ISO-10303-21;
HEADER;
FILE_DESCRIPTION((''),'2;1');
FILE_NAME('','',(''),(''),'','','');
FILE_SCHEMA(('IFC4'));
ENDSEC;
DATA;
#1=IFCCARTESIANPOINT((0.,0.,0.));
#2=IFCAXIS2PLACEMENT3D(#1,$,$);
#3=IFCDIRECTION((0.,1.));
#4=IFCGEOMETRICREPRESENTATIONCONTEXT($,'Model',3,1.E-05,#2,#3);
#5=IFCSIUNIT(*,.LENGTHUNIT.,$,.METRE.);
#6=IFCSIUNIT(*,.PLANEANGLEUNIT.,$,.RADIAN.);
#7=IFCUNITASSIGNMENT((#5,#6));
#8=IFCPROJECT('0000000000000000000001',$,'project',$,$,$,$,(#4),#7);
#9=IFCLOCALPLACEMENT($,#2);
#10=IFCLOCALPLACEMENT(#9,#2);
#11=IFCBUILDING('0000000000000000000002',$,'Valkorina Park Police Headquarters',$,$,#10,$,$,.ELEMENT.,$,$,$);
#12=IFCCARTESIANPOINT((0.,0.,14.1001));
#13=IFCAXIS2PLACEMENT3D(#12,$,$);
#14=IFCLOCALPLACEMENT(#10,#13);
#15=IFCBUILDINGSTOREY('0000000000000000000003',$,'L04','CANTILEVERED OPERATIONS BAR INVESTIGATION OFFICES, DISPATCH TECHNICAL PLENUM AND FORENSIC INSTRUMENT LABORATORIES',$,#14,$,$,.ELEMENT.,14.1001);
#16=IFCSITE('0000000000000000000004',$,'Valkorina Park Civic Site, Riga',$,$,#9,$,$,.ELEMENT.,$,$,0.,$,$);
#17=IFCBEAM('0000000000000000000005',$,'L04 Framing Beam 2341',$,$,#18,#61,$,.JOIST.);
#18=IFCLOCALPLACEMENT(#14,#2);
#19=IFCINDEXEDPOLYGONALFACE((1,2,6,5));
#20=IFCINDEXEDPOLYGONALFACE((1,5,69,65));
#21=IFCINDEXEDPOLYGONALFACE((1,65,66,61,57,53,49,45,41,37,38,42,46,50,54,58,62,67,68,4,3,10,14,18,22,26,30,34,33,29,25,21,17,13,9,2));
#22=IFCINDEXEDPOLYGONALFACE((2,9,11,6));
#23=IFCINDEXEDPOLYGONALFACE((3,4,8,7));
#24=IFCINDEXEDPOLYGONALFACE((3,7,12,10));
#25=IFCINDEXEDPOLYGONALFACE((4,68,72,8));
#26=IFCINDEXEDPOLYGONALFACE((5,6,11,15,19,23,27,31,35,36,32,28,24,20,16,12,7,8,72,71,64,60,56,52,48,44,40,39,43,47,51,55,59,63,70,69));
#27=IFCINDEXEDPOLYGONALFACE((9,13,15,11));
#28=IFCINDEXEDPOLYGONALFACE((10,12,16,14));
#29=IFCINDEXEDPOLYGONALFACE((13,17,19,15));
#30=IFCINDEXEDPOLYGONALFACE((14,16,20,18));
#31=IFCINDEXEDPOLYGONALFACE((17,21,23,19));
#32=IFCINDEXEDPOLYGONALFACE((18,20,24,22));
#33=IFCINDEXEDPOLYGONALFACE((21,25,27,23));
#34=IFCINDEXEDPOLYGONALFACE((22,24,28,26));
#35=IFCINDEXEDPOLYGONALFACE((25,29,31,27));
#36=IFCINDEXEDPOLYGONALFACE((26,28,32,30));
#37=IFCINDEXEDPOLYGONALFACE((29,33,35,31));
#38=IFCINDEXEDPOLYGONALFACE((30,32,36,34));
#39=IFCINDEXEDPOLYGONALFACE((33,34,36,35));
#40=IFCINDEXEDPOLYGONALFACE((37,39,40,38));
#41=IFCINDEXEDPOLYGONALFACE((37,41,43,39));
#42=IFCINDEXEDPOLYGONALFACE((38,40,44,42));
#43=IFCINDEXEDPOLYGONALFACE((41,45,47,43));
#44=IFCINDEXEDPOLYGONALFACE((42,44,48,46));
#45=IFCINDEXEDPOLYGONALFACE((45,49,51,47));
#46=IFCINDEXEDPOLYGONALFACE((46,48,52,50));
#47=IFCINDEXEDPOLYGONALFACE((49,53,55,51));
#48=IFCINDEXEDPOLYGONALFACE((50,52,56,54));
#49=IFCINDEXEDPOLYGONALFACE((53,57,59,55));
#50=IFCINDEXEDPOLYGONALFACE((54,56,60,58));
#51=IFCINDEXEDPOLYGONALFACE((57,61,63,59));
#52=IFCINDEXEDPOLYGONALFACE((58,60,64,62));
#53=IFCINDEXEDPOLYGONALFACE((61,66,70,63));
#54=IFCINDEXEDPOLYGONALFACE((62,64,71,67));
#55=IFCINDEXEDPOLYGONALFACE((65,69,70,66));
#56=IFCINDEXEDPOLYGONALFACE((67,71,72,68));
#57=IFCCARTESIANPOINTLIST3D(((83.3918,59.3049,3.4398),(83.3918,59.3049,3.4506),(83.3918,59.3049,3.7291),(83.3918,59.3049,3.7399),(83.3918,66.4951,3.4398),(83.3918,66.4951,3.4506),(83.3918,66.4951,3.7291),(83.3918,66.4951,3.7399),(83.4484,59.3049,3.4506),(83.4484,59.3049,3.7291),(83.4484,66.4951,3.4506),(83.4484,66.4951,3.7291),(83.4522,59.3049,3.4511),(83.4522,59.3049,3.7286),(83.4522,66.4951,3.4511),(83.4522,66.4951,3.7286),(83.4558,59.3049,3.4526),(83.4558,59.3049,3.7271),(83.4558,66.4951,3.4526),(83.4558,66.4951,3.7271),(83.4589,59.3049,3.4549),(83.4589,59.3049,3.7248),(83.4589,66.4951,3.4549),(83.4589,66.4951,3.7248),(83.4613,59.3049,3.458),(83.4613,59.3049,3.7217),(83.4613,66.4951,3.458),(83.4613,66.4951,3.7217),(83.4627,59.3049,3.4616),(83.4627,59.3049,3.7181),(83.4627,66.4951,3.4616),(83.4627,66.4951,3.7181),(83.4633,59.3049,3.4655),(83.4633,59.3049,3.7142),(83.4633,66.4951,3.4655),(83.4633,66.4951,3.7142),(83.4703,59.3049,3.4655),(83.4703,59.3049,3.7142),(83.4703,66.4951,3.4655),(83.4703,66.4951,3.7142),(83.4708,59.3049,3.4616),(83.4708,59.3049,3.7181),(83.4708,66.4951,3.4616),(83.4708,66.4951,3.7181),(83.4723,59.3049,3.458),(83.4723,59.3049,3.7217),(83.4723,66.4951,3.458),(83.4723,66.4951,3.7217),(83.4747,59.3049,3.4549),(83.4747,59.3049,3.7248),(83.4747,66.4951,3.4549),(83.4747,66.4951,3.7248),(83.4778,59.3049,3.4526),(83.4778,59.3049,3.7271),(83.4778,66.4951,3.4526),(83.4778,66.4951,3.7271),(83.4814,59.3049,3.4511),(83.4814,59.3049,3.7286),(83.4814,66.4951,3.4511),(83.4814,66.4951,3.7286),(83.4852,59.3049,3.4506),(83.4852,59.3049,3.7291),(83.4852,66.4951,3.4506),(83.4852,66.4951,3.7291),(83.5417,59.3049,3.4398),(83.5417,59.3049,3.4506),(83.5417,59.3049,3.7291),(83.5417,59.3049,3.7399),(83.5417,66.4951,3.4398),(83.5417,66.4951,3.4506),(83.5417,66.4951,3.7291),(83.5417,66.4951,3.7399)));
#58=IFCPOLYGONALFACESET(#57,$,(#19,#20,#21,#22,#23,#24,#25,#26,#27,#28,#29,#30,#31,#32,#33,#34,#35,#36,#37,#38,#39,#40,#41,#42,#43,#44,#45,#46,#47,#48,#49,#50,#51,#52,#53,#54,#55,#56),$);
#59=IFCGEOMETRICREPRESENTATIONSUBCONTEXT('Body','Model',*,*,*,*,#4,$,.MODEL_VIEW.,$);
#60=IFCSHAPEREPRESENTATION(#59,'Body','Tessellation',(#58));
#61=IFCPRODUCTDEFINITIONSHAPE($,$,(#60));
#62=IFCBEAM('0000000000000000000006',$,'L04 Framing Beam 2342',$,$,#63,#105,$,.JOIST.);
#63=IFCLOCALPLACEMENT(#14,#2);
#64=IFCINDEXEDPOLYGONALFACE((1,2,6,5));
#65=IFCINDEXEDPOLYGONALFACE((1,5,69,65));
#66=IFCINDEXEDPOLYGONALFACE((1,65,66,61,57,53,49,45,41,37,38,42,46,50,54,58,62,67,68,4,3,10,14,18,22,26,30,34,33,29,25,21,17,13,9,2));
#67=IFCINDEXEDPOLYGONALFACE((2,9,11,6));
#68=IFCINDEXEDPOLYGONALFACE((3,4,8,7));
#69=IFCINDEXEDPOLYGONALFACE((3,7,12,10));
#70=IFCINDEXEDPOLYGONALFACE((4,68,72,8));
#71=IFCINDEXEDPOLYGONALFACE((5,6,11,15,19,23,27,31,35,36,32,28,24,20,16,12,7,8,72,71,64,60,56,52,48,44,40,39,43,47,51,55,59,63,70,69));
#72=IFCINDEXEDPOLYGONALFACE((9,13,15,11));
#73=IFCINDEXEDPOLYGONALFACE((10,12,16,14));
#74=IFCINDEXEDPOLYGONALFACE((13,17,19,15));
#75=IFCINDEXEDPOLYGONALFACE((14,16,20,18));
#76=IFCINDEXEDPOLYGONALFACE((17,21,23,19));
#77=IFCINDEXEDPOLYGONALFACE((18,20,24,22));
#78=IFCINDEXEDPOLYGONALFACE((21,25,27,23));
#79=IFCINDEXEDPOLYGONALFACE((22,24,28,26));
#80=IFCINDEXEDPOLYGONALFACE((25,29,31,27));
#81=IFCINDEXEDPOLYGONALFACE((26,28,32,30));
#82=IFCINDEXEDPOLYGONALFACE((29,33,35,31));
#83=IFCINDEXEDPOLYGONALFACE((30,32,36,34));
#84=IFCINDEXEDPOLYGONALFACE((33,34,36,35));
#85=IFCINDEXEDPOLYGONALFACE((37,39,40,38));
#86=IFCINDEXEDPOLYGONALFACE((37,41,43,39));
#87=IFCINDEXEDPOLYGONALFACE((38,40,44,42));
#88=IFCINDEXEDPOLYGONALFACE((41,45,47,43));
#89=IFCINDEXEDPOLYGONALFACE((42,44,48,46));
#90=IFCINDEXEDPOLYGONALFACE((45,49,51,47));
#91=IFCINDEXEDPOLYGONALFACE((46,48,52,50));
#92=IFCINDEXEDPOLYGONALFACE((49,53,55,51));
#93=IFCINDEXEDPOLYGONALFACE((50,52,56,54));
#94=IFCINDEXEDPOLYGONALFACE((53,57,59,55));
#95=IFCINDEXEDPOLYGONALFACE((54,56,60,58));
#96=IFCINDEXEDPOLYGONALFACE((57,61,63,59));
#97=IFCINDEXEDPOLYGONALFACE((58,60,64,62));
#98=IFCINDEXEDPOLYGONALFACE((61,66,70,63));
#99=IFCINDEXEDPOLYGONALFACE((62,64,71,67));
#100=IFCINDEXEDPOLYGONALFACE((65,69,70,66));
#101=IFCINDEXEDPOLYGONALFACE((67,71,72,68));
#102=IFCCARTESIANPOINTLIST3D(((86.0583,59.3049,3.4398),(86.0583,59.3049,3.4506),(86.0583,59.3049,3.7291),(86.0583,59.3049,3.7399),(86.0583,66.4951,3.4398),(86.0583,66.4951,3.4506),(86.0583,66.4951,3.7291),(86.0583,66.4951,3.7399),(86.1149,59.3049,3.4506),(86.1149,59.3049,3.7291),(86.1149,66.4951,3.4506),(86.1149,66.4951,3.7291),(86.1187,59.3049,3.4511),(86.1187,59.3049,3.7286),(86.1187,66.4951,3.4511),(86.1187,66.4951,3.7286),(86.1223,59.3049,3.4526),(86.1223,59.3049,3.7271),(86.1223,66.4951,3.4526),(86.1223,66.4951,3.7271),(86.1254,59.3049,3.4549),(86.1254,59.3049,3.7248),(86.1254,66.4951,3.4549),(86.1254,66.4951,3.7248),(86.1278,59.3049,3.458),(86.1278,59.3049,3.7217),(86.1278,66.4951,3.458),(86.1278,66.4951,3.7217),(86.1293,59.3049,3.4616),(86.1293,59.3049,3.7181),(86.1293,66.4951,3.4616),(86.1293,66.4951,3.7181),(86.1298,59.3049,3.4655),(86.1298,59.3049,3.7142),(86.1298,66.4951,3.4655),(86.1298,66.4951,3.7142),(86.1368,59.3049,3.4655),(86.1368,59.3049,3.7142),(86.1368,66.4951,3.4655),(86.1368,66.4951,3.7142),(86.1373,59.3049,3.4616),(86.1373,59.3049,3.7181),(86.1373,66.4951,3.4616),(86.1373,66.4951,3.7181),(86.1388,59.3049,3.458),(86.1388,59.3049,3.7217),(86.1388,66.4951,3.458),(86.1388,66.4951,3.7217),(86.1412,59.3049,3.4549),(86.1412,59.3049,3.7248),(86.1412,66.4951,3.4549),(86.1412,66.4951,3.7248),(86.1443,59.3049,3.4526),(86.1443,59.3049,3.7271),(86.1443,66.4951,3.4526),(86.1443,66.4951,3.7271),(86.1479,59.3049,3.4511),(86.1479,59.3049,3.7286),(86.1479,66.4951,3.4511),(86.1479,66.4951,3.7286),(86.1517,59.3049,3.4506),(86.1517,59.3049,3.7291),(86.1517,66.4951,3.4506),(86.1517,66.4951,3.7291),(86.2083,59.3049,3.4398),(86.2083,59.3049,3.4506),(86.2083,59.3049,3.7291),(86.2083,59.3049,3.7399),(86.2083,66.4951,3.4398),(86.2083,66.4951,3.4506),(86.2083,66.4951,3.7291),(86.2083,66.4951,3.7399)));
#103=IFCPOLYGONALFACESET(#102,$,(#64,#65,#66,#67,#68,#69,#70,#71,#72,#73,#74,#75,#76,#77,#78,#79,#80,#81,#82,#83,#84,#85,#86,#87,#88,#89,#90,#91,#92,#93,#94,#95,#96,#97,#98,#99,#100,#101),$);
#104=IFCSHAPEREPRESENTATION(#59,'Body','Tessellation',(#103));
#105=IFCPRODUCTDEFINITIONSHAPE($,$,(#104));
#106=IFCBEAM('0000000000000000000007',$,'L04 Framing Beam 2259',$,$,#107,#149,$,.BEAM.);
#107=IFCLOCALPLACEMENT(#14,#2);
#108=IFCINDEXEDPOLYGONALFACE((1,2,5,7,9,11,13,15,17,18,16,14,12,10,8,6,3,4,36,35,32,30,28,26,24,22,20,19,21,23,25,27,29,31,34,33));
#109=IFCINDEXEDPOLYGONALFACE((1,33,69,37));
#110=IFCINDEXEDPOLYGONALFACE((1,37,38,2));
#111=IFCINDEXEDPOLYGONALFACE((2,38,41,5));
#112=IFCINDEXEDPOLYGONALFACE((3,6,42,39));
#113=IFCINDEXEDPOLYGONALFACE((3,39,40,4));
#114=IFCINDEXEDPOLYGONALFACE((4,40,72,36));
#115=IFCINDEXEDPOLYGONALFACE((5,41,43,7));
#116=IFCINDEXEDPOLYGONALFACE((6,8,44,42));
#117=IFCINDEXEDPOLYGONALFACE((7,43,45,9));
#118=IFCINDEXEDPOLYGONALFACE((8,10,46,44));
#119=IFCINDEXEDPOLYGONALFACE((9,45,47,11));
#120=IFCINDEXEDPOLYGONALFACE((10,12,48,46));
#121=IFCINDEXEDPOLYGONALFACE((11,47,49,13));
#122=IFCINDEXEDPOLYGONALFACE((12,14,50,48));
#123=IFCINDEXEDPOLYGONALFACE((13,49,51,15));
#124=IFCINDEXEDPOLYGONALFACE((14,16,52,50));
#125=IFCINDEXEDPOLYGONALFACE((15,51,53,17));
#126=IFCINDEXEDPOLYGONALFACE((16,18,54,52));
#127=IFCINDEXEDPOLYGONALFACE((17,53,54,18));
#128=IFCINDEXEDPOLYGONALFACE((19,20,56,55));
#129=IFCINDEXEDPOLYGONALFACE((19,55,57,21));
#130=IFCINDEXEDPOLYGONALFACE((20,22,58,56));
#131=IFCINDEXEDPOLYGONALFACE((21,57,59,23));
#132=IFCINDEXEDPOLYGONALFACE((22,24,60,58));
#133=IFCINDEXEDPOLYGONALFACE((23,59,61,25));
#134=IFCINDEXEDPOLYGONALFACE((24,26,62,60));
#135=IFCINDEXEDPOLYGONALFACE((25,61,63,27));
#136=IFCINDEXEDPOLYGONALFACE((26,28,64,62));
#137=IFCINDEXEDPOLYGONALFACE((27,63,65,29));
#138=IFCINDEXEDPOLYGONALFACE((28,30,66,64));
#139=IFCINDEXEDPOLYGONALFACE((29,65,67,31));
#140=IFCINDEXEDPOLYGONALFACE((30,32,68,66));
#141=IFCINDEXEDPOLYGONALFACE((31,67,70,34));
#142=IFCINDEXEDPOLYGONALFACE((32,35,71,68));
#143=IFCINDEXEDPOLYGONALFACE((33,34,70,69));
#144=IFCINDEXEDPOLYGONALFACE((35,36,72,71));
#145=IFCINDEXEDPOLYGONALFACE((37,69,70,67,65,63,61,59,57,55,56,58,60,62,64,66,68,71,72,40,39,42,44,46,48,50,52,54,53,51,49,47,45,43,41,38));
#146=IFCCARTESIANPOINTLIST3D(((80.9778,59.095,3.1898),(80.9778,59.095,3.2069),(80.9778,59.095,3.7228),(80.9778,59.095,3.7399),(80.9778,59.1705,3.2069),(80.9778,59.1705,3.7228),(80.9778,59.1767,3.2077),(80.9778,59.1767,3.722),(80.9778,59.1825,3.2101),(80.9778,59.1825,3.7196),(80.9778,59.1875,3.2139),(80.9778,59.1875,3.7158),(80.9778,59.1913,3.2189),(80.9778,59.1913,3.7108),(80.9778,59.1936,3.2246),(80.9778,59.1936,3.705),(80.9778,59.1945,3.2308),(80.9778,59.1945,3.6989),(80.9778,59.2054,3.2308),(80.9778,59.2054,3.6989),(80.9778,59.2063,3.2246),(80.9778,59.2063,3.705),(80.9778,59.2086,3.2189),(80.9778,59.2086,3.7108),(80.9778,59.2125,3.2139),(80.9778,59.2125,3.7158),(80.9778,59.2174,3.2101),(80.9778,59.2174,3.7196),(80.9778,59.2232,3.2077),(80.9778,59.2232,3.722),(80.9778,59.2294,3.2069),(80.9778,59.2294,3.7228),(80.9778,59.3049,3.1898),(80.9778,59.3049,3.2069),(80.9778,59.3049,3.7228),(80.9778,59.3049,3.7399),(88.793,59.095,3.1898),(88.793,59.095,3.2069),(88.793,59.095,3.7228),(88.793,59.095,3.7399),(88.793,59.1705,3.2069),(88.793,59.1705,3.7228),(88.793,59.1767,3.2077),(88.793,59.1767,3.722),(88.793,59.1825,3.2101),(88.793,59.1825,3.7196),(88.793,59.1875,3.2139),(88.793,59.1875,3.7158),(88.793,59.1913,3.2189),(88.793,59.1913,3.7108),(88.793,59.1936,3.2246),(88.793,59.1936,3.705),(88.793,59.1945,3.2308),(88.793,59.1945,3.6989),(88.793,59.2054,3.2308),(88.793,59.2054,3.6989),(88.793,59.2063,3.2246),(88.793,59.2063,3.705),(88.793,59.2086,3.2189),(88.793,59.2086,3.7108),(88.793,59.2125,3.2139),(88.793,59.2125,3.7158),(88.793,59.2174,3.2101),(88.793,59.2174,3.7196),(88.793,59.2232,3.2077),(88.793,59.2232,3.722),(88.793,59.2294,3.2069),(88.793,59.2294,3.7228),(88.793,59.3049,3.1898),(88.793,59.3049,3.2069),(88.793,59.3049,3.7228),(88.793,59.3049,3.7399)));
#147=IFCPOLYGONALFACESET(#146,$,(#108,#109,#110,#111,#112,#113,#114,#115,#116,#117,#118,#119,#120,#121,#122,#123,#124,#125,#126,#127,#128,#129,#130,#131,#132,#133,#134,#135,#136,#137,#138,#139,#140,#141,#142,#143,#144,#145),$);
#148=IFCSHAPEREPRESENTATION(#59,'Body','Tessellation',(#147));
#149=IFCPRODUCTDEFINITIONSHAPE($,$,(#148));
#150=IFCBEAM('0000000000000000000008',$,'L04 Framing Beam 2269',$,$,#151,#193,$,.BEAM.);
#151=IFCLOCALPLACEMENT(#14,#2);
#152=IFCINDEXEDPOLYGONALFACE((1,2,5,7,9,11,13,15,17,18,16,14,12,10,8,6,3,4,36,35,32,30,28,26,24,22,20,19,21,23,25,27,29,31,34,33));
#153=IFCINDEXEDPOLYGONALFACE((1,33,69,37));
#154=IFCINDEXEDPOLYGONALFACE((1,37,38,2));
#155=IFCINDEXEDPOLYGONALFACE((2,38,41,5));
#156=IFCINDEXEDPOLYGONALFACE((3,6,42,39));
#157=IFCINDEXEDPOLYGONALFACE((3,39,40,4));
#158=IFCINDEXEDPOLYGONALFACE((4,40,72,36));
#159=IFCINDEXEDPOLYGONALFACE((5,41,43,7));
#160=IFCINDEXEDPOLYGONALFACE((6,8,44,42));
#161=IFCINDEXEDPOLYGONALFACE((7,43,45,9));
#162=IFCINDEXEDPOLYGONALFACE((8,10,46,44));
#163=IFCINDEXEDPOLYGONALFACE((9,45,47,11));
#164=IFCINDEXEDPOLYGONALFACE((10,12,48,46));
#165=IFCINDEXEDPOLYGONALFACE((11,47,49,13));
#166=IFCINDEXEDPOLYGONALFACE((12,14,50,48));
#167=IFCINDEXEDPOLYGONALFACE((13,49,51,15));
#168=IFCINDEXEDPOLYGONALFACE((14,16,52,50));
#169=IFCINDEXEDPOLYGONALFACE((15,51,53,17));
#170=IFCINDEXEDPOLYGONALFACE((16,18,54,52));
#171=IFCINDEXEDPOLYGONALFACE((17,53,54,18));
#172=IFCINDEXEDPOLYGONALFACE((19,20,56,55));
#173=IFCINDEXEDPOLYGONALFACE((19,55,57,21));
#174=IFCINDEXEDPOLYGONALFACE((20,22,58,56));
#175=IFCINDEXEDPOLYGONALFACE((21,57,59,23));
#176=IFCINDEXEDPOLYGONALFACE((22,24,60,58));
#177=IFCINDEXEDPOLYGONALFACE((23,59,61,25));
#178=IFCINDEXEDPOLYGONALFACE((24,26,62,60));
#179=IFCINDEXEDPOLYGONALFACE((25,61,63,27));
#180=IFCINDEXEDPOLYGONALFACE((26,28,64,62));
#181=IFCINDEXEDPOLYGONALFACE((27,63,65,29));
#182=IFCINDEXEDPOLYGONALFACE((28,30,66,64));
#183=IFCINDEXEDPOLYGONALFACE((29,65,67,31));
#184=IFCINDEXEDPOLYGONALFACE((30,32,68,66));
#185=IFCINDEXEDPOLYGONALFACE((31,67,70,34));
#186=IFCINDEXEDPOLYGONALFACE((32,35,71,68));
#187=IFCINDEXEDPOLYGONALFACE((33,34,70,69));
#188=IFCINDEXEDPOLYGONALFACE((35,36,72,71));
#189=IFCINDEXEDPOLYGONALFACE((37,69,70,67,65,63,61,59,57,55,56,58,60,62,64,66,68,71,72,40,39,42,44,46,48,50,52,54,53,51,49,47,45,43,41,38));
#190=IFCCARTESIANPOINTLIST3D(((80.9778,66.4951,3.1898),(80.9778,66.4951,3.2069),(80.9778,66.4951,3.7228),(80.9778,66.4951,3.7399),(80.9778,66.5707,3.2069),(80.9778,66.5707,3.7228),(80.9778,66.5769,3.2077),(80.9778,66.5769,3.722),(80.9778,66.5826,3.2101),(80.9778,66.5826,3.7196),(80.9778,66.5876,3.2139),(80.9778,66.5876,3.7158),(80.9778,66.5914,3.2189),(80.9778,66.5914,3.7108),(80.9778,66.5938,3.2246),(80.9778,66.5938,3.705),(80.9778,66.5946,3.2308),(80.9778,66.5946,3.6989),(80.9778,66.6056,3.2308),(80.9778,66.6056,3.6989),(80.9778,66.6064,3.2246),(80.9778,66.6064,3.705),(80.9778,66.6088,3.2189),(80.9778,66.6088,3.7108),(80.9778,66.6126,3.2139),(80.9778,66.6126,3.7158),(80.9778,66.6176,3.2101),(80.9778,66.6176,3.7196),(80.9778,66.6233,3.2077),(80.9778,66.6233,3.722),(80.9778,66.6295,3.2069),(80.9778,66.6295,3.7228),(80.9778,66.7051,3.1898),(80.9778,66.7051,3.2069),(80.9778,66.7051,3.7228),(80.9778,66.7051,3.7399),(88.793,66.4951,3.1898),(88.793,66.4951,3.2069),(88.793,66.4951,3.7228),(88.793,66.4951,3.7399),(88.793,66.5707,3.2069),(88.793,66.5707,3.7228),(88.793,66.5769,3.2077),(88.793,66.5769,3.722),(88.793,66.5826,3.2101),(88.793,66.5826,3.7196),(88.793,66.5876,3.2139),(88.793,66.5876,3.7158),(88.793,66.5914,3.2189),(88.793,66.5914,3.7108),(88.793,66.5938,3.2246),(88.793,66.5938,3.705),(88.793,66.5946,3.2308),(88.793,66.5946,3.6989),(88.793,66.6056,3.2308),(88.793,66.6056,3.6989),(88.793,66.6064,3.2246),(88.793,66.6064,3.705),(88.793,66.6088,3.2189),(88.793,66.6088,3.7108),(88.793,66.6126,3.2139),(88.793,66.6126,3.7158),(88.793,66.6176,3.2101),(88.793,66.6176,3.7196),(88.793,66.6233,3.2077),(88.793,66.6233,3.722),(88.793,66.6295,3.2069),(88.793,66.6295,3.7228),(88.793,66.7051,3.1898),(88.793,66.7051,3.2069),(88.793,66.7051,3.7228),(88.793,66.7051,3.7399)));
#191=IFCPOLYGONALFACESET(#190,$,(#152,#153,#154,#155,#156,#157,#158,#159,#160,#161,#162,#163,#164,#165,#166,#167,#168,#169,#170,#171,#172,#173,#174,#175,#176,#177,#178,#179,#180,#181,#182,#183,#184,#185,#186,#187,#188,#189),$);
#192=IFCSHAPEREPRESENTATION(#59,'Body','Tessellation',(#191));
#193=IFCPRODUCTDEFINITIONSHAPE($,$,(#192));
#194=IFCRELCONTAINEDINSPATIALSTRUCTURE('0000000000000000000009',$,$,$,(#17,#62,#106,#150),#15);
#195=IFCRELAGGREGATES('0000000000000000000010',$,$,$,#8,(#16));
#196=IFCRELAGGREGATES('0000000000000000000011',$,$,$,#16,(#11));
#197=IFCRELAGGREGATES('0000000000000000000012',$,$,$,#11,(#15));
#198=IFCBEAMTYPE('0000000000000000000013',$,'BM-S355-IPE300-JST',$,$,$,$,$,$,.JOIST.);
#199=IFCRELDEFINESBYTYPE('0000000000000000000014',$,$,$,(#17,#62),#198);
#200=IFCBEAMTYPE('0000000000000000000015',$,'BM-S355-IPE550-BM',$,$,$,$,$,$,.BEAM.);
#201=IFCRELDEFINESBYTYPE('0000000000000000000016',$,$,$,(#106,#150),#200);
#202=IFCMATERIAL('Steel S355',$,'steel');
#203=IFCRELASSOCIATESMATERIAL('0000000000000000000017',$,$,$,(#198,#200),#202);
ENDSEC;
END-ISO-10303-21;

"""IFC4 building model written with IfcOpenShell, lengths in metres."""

from ifc_helpers import new_model, si_unit, direction, frame, origin, origin_2d, place, context, subcontext, project, spatial, i_section, extrude, material, material_profile, profile_set, type_object, element, save


model = new_model("IFC4")

# Units and contexts
model_context = context("Model", 3, precision=1e-05, world=origin(), true_north=direction((0.0, 1.0)))
body_context = subcontext(model_context, "Body", "Model", "MODEL_VIEW")
ifc_project = project(units=[si_unit("LENGTHUNIT", "METRE"), si_unit("PLANEANGLEUNIT", "RADIAN")], contexts=[model_context])

# Site, building, storey
site_placement = place(None, origin())
site = spatial("IfcSite", under=ifc_project, at=site_placement, Name="Valkorina Park Civic Site, Riga", CompositionType="ELEMENT", RefElevation=0.0)
building_placement = place(site_placement, origin())
building = spatial("IfcBuilding", under=site, at=building_placement, Name="Valkorina Park Police Headquarters", CompositionType="ELEMENT")
storey_placement = place(building_placement, frame((0.0, 0.0, 14.1001)))
storey = spatial("IfcBuildingStorey", under=building, at=storey_placement, Name="L04", Description="CANTILEVERED OPERATIONS BAR INVESTIGATION OFFICES, DISPATCH TECHNICAL PLENUM AND FORENSIC INSTRUMENT LABORATORIES", CompositionType="ELEMENT", Elevation=14.1001)

# Beams
ifc_material_1 = material(Name="Steel S355", Category="steel")
ifc_material_profile_1 = material_profile(ifc_material_1, i_section(OverallWidth=0.1499, OverallDepth=0.3, WebThickness=0.0071, FlangeThickness=0.0107, FilletRadius=0.0149, at=origin_2d()), Name="IPE 300")
ifc_profile_set_1 = profile_set([ifc_material_profile_1], Name="Steel S355")
beam_type_1 = type_object("IfcBeamType", Name="BM-S355-IPE300-JST", PredefinedType="JOIST", material=ifc_profile_set_1)
for number, where, z_axis, x_axis, name in (
    (1, (83.4668, 59.3049, 3.5898), (0.0, 1.0, 0.0), (-1.0, 0.0, 0.0), "L04 Framing Beam 2341"),
    (2, (86.1333, 59.3049, 3.5898), (0.0, 1.0, 0.0), (-1.0, 0.0, 0.0), "L04 Framing Beam 2342"),
):
    element("IfcBeam", number, at=place(storey_placement, frame(where, z_axis=z_axis, x_axis=x_axis)), inside=storey, type_object=beam_type_1, Name=name, PredefinedType="JOIST", context=body_context, shape_type="SweptSolid", body=[
        extrude(i_section(OverallWidth=0.1499, OverallDepth=0.3, WebThickness=0.0071, FlangeThickness=0.0107, FilletRadius=0.0149, at=origin_2d()), origin(), (0.0, 0.0, 1.0), 7.1902),
    ])
ifc_material_profile_2 = material_profile(ifc_material_1, i_section(OverallWidth=0.21, OverallDepth=0.55, WebThickness=0.011, FlangeThickness=0.0171, FilletRadius=0.0239, at=origin_2d()), Name="IPE 550")
ifc_profile_set_2 = profile_set([ifc_material_profile_2], Name="Steel S355")
beam_type_2 = type_object("IfcBeamType", Name="BM-S355-IPE550-BM", PredefinedType="BEAM", material=ifc_profile_set_2)
for number, where, z_axis, x_axis, name in (
    (3, (80.9778, 59.2, 3.4648), (1.0, 0.0, 0.0), (0.0, 1.0, 0.0), "L04 Framing Beam 2259"),
    (4, (80.9778, 66.6001, 3.4648), (1.0, 0.0, 0.0), (0.0, 1.0, 0.0), "L04 Framing Beam 2269"),
):
    element("IfcBeam", number, at=place(storey_placement, frame(where, z_axis=z_axis, x_axis=x_axis)), inside=storey, type_object=beam_type_2, Name=name, PredefinedType="BEAM", context=body_context, shape_type="SweptSolid", body=[
        extrude(i_section(OverallWidth=0.21, OverallDepth=0.55, WebThickness=0.011, FlangeThickness=0.0171, FilletRadius=0.0239, at=origin_2d()), origin(), (0.0, 0.0, 1.0), 7.8152),
    ])

save(model, "model.ifc")
